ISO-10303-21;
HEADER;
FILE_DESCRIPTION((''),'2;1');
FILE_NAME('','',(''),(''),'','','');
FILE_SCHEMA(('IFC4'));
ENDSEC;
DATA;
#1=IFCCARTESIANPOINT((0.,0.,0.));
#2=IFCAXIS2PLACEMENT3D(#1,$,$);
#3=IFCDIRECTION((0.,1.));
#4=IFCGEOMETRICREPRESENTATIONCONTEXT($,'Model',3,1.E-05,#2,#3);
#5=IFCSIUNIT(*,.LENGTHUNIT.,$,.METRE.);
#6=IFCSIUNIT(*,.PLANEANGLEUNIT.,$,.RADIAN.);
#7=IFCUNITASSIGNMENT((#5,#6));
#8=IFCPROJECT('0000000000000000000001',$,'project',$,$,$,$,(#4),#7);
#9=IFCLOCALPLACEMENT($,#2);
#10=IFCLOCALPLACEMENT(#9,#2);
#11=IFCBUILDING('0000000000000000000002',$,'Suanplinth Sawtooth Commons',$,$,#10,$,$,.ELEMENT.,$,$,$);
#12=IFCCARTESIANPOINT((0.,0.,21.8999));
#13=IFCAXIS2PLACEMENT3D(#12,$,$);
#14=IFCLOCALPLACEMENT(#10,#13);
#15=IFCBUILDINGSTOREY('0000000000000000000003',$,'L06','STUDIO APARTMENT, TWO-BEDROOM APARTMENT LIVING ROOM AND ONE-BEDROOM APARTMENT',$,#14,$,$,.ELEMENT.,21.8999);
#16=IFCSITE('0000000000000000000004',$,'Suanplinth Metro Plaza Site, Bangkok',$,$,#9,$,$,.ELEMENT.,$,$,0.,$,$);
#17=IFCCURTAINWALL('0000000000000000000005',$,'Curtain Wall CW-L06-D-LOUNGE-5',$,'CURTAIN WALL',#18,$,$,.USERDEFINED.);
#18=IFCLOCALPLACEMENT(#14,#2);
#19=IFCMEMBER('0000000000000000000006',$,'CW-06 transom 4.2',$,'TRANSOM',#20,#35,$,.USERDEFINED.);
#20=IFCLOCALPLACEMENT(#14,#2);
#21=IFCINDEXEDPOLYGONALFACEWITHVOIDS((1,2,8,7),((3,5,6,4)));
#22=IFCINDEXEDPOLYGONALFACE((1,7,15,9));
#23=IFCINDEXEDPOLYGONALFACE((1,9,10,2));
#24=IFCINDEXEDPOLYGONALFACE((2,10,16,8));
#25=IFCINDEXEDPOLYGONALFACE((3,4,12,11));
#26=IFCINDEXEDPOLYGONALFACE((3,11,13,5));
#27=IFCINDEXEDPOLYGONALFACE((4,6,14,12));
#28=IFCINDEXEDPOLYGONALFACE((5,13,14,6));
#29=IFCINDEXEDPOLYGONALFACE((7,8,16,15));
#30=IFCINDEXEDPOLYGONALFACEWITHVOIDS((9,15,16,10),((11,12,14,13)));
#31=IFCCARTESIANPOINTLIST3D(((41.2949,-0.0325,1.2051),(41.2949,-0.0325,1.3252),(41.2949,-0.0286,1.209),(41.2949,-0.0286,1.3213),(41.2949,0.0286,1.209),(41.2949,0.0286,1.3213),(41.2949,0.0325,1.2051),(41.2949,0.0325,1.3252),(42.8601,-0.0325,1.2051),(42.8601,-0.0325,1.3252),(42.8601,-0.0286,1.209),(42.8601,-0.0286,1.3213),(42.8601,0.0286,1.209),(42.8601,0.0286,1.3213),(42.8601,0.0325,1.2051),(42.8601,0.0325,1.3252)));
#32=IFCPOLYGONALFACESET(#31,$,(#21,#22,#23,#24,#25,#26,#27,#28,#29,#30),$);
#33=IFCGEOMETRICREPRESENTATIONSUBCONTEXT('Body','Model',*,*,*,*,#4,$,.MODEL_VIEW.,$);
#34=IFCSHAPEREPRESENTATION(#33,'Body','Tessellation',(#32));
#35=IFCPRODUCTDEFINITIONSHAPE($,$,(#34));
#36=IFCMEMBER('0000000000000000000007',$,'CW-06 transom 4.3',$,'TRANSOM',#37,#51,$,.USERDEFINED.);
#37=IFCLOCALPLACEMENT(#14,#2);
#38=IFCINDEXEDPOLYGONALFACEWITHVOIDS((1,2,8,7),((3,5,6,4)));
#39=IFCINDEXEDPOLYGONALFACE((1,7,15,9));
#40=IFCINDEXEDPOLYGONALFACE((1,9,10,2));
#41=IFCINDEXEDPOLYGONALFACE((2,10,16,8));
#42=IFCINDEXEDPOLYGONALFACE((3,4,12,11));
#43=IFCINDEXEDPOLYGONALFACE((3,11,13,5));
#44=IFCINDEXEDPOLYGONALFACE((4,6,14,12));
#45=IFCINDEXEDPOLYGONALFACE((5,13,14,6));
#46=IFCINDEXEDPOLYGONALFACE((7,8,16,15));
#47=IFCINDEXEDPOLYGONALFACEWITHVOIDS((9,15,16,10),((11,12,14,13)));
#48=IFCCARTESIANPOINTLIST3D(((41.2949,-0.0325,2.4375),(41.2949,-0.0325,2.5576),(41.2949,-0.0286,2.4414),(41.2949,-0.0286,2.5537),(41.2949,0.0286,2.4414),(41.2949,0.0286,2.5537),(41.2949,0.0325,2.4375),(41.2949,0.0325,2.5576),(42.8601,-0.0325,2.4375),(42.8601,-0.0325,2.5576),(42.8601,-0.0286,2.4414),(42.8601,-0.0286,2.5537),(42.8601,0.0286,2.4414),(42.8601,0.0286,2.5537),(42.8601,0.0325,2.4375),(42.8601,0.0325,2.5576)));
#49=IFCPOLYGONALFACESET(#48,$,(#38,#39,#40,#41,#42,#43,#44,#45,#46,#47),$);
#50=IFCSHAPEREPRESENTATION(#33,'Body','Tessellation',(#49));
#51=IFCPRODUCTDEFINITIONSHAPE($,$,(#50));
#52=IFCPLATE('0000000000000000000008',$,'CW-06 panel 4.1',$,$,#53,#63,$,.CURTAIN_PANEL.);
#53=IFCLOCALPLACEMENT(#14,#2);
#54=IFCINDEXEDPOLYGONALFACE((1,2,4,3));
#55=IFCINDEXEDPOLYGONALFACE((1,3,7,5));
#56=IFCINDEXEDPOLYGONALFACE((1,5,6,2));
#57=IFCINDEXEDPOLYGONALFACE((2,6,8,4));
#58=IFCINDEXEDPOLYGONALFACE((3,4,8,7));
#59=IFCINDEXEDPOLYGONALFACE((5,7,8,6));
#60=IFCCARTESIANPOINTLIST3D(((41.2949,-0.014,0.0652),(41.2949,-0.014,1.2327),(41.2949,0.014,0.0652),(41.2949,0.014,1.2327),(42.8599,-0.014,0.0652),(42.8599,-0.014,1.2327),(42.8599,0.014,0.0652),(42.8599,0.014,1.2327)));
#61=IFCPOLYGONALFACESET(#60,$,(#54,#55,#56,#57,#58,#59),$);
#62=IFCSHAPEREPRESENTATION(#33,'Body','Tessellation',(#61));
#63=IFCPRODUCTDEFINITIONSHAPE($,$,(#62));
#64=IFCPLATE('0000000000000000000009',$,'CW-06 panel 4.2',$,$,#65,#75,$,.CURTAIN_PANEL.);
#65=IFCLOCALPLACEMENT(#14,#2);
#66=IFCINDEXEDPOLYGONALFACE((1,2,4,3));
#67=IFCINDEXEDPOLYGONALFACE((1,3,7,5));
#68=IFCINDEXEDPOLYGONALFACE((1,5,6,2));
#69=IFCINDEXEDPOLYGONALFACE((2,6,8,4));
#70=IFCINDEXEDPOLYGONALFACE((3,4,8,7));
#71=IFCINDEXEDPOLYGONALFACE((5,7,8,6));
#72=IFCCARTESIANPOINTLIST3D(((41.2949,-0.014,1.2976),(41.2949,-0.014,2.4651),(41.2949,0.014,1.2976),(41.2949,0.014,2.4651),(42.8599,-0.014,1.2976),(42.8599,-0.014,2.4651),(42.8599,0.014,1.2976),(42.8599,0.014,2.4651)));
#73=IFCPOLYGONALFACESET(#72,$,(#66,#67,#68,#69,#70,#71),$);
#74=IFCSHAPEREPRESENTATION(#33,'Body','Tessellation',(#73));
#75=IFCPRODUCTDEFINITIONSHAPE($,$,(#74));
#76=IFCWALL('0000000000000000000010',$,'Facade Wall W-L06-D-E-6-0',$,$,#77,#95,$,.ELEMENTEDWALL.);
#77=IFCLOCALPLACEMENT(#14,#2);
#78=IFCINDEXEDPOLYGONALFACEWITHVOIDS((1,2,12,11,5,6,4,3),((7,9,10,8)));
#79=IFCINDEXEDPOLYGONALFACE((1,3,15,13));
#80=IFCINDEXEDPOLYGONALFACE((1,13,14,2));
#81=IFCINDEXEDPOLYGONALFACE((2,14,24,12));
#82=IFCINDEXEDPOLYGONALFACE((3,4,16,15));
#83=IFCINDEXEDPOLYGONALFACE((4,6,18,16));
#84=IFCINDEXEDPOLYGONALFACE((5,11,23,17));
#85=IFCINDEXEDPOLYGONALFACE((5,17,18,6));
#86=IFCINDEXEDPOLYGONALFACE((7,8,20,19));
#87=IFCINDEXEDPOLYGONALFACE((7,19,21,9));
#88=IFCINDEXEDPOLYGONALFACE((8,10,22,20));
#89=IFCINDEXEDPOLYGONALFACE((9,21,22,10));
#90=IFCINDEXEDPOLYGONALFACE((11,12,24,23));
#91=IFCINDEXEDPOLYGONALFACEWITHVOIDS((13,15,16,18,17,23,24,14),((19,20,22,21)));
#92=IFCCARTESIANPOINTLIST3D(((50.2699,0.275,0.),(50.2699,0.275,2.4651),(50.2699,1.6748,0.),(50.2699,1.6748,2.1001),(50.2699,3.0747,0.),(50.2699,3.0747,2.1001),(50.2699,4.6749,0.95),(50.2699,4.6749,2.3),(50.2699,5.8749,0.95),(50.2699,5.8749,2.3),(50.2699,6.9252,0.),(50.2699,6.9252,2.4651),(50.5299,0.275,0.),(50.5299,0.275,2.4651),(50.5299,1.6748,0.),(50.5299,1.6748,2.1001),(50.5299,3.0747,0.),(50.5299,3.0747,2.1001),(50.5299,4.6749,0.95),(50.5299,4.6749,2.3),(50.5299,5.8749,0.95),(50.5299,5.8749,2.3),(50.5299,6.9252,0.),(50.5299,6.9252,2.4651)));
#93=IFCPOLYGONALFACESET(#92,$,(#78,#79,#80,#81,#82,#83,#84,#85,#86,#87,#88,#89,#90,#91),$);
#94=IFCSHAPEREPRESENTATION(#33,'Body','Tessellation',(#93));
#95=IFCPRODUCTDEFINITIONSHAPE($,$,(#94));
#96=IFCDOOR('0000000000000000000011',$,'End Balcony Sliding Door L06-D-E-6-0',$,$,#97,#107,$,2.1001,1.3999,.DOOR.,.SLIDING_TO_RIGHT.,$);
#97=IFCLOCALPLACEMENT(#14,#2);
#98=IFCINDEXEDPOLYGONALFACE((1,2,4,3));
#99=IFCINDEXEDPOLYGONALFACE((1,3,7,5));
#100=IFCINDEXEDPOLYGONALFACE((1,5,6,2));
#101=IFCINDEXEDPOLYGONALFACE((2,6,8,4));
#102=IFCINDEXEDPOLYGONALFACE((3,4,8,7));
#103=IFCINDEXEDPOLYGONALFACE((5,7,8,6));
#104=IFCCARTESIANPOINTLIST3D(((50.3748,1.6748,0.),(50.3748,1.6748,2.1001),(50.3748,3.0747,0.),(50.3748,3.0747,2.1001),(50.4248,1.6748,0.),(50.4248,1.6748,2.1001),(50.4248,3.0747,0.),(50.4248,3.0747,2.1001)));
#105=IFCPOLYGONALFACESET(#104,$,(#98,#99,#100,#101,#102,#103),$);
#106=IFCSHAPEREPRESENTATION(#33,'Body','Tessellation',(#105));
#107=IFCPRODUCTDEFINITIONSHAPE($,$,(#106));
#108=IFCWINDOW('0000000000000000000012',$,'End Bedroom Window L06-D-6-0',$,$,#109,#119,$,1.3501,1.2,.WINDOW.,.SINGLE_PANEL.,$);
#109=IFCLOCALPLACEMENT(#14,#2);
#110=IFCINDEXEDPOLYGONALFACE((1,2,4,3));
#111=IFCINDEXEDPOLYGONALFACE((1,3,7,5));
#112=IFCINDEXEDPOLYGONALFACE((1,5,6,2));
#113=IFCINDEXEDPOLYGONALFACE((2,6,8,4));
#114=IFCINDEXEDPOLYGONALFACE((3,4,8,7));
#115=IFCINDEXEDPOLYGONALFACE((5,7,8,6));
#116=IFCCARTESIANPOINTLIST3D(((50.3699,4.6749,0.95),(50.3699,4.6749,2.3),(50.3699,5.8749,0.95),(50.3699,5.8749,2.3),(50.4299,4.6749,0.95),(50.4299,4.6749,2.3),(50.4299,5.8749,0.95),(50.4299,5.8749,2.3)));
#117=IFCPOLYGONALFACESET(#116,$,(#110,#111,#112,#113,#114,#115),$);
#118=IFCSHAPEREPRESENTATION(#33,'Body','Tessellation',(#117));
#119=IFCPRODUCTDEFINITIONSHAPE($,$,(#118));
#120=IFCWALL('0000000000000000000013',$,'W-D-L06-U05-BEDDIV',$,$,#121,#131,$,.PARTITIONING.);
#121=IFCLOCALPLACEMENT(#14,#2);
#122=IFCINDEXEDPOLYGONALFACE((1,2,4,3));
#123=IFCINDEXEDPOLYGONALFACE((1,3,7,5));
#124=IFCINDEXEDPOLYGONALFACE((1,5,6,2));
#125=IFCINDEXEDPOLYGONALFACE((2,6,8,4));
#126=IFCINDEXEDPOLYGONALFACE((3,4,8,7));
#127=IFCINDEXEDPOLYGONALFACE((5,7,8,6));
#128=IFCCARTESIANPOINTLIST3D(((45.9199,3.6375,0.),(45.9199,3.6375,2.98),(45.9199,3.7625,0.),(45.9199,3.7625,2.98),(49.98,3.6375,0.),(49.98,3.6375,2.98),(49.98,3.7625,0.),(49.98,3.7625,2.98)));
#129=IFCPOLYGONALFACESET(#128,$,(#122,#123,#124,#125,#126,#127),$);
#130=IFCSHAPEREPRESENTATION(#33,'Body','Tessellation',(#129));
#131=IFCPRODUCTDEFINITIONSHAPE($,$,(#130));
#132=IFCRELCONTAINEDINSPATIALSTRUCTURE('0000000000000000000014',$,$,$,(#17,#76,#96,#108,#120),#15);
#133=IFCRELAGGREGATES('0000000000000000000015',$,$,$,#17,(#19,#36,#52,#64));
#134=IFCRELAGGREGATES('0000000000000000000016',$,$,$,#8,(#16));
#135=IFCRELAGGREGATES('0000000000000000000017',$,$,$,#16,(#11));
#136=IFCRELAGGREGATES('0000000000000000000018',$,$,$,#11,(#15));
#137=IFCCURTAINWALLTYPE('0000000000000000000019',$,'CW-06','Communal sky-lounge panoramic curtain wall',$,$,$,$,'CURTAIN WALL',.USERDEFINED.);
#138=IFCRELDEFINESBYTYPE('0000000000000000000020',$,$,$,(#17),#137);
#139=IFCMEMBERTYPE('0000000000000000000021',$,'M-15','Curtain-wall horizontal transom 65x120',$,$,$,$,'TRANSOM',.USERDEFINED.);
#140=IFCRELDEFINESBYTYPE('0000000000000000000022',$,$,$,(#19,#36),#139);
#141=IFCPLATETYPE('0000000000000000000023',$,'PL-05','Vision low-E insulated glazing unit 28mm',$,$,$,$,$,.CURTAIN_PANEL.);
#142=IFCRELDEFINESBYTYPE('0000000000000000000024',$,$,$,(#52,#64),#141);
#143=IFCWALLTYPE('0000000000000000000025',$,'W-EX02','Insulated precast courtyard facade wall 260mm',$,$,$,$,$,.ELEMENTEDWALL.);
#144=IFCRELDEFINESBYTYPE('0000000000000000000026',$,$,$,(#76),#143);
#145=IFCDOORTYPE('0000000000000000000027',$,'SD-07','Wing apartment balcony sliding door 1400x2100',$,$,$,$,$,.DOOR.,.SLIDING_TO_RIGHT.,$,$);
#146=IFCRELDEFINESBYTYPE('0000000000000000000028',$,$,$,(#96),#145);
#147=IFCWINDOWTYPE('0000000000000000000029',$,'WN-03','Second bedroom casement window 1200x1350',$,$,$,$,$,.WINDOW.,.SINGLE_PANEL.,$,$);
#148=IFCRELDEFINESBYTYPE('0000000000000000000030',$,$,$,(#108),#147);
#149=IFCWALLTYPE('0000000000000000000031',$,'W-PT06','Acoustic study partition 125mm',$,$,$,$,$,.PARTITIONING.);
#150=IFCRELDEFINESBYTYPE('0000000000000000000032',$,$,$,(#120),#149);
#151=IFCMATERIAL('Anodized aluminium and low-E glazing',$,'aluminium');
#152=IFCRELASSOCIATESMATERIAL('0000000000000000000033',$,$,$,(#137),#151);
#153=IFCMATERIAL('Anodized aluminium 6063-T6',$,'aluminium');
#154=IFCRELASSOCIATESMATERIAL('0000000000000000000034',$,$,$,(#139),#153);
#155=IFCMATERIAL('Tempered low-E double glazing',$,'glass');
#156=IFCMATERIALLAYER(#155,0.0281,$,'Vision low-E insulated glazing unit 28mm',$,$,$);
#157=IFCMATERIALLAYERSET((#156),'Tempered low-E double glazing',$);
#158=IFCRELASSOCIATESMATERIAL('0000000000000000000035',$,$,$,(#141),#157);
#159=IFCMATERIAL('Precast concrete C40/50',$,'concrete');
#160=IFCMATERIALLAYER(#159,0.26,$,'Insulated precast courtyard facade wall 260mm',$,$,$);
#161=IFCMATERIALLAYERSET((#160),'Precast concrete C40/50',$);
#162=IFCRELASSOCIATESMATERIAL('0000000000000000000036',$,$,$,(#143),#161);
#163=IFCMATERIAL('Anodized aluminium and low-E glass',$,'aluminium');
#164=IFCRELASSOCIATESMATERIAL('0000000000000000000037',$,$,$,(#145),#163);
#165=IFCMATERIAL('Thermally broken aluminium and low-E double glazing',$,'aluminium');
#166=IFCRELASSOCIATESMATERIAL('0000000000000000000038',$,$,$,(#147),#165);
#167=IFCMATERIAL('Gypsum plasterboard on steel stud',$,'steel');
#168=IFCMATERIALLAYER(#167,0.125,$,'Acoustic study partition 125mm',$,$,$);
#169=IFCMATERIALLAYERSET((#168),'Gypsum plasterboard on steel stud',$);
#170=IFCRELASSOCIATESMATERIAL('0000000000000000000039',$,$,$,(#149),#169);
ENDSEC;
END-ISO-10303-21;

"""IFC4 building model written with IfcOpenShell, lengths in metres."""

from ifc_helpers import new_model, si_unit, direction, frame, frame_2d, origin, origin_2d, place, context, subcontext, project, spatial, rectangle, hollow_rectangle, extrude, material, layer, layer_set, material_profile, profile_set, type_object, element, fill, aggregate, save


model = new_model("IFC4")

# Units and contexts
model_context = context("Model", 3, precision=1e-05, world=origin(), true_north=direction((0.0, 1.0)))
body_context = subcontext(model_context, "Body", "Model", "MODEL_VIEW")
ifc_project = project(units=[si_unit("LENGTHUNIT", "METRE"), si_unit("PLANEANGLEUNIT", "RADIAN")], contexts=[model_context])

# Site, building, storey
site_placement = place(None, origin())
site = spatial("IfcSite", under=ifc_project, at=site_placement, Name="Suanplinth Metro Plaza Site, Bangkok", CompositionType="ELEMENT", RefElevation=0.0)
building_placement = place(site_placement, origin())
building = spatial("IfcBuilding", under=site, at=building_placement, Name="Suanplinth Sawtooth Commons", CompositionType="ELEMENT")
storey_placement = place(building_placement, frame((0.0, 0.0, 21.8999)))
storey = spatial("IfcBuildingStorey", under=building, at=storey_placement, Name="L06", Description="STUDIO APARTMENT, TWO-BEDROOM APARTMENT LIVING ROOM AND ONE-BEDROOM APARTMENT", CompositionType="ELEMENT", Elevation=21.8999)

# Shared definitions
ifc_material_1 = material(Name="Precast concrete C40/50", Category="concrete")

# Curtain wall, members, plates
ifc_material_2 = material(Name="Anodized aluminium and low-E glazing", Category="aluminium")
curtain_wall_type = type_object("IfcCurtainWallType", Name="CW-06", Description="Communal sky-lounge panoramic curtain wall", ElementType="CURTAIN WALL", PredefinedType="USERDEFINED", material=ifc_material_2)
curtain_wall_placement = place(storey_placement, origin())
curtain_wall = element("IfcCurtainWall", 1, at=curtain_wall_placement, inside=storey, type_object=curtain_wall_type, Name="Curtain Wall CW-L06-D-LOUNGE-5", ObjectType="CURTAIN WALL", PredefinedType="USERDEFINED")
ifc_material_3 = material(Name="Anodized aluminium 6063-T6", Category="aluminium")
ifc_material_profile_1 = material_profile(ifc_material_3, hollow_rectangle(XDim=0.0649, YDim=0.1201, WallThickness=0.0039, at=origin_2d()), Name="ALU-TRN 65x120")
ifc_profile_set_1 = profile_set([ifc_material_profile_1], Name="Anodized aluminium 6063-T6")
member_type_1 = type_object("IfcMemberType", Name="M-15", Description="Curtain-wall horizontal transom 65x120", ElementType="TRANSOM", PredefinedType="USERDEFINED", material=ifc_profile_set_1)
member_1_placement = place(storey_placement, frame((41.2949, 0.0, 1.2651), z_axis=(1.0, 0.0, 0.0), x_axis=(0.0, 1.0, 0.0)))
member_1 = element("IfcMember", 2, at=member_1_placement, type_object=member_type_1, Name="CW-06 transom 4.2", ObjectType="TRANSOM", PredefinedType="USERDEFINED", context=body_context, shape_type="SweptSolid", body=[
    extrude(hollow_rectangle(XDim=0.0649, YDim=0.1201, WallThickness=0.0039, at=origin_2d()), origin(), (0.0, 0.0, 1.0), 1.5652),
])
member_2_placement = place(storey_placement, frame((41.2949, 0.0, 2.4976), z_axis=(1.0, 0.0, 0.0), x_axis=(0.0, 1.0, 0.0)))
member_2 = element("IfcMember", 3, at=member_2_placement, type_object=member_type_1, Name="CW-06 transom 4.3", ObjectType="TRANSOM", PredefinedType="USERDEFINED", context=body_context, shape_type="SweptSolid", body=[
    extrude(hollow_rectangle(XDim=0.0649, YDim=0.1201, WallThickness=0.0039, at=origin_2d()), origin(), (0.0, 0.0, 1.0), 1.5652),
])
ifc_material_4 = material(Name="Tempered low-E double glazing", Category="glass")
ifc_layer_1 = layer(ifc_material_4, 0.0281, Name="Vision low-E insulated glazing unit 28mm")
ifc_layer_set_1 = layer_set([ifc_layer_1], Name="Tempered low-E double glazing")
plate_type = type_object("IfcPlateType", Name="PL-05", Description="Vision low-E insulated glazing unit 28mm", PredefinedType="CURTAIN_PANEL", material=ifc_layer_set_1)
plate_1_placement = place(storey_placement, frame((42.0774, 0.0, 0.0652), z_axis=(0.0, 0.0, 1.0), x_axis=(1.0, 0.0, 0.0)))
plate_1 = element("IfcPlate", 4, at=plate_1_placement, type_object=plate_type, Name="CW-06 panel 4.1", PredefinedType="CURTAIN_PANEL", context=body_context, shape_type="SweptSolid", body=[
    extrude(rectangle(XDim=1.5649, YDim=0.0281, at=origin_2d()), origin(), (0.0, 0.0, 1.0), 1.1675),
])
plate_2_placement = place(storey_placement, frame((42.0774, 0.0, 1.2976), z_axis=(0.0, 0.0, 1.0), x_axis=(1.0, 0.0, 0.0)))
plate_2 = element("IfcPlate", 5, at=plate_2_placement, type_object=plate_type, Name="CW-06 panel 4.2", PredefinedType="CURTAIN_PANEL", context=body_context, shape_type="SweptSolid", body=[
    extrude(rectangle(XDim=1.5649, YDim=0.0281, at=origin_2d()), origin(), (0.0, 0.0, 1.0), 1.1675),
])
aggregate(curtain_wall, [member_1, member_2, plate_1, plate_2])

# Wall, openings, door, window
ifc_layer_2 = layer(ifc_material_1, 0.26, Name="Insulated precast courtyard facade wall 260mm")
ifc_layer_set_2 = layer_set([ifc_layer_2], Name="Precast concrete C40/50")
wall_type_1 = type_object("IfcWallType", Name="W-EX02", Description="Insulated precast courtyard facade wall 260mm", PredefinedType="ELEMENTEDWALL", material=ifc_layer_set_2)
ifc_material_5 = material(Name="Anodized aluminium and low-E glass", Category="aluminium")
ifc_material_6 = material(Name="Thermally broken aluminium and low-E double glazing", Category="aluminium")
wall_1_placement = place(storey_placement, frame((50.3999, 0.2749, 0.0), z_axis=(0.0, 0.0, 1.0), x_axis=(0.0, 1.0, 0.0)))
wall_1 = element("IfcWall", 6, at=wall_1_placement, inside=storey, type_object=wall_type_1, Name="Facade Wall W-L06-D-E-6-0", PredefinedType="ELEMENTEDWALL", context=body_context, shape_type="SweptSolid", body=[
    extrude(rectangle(XDim=6.6501, YDim=0.26, at=frame_2d((3.3252, 0.0))), origin(), (0.0, 0.0, 1.0), 2.4651),
])
opening_1_placement = place(wall_1_placement, frame((1.3999, 0.0, 0.0)))
opening_1 = element("IfcOpeningElement", 7, at=opening_1_placement, cuts=wall_1, PredefinedType="OPENING", context=body_context, shape_type="SweptSolid", body=[
    extrude(rectangle(XDim=1.3999, YDim=2.1001, at=frame_2d((0.7, 1.05))), frame((0.0, 0.145, 0.0), z_axis=(0.0, -1.0, 0.0), x_axis=(1.0, 0.0, 0.0)), (0.0, 0.0, 1.0), 0.2898),
])
opening_2_placement = place(wall_1_placement, frame((4.3999, 0.0, 0.95)))
opening_2 = element("IfcOpeningElement", 8, at=opening_2_placement, cuts=wall_1, PredefinedType="OPENING", context=body_context, shape_type="SweptSolid", body=[
    extrude(rectangle(XDim=1.2, YDim=1.3501, at=frame_2d((0.6001, 0.675))), frame((0.0, 0.145, 0.0), z_axis=(0.0, -1.0, 0.0), x_axis=(1.0, 0.0, 0.0)), (0.0, 0.0, 1.0), 0.2898),
])
door_type_1 = type_object("IfcDoorType", Name="SD-07", Description="Wing apartment balcony sliding door 1400x2100", OperationType="SLIDING_TO_RIGHT", PredefinedType="DOOR", material=ifc_material_5)
door_1_placement = place(opening_1_placement, frame((1.3999, 0.0, 0.0), z_axis=(0.0, 0.0, 1.0), x_axis=(-1.0, 0.0, 0.0)))
door_1 = element("IfcDoor", 9, at=door_1_placement, inside=storey, type_object=door_type_1, Name="End Balcony Sliding Door L06-D-E-6-0", OperationType="SLIDING_TO_RIGHT", OverallHeight=2.1001, OverallWidth=1.3999, PredefinedType="DOOR", context=body_context, shape_type="SweptSolid", body=[
    extrude(rectangle(XDim=1.3999, YDim=2.1001, at=frame_2d((0.7, 1.05))), frame((0.0, 0.0249, 0.0), z_axis=(0.0, -1.0, 0.0), x_axis=(1.0, 0.0, 0.0)), (0.0, 0.0, 1.0), 0.05),
])
fill(opening_1, door_1)
window_type_1 = type_object("IfcWindowType", Name="WN-03", Description="Second bedroom casement window 1200x1350", PartitioningType="SINGLE_PANEL", PredefinedType="WINDOW", material=ifc_material_6)
window_1_placement = place(opening_2_placement, origin())
window_1 = element("IfcWindow", 10, at=window_1_placement, inside=storey, type_object=window_type_1, Name="End Bedroom Window L06-D-6-0", OverallHeight=1.3501, OverallWidth=1.2, PartitioningType="SINGLE_PANEL", PredefinedType="WINDOW", context=body_context, shape_type="SweptSolid", body=[
    extrude(rectangle(XDim=1.2, YDim=1.3501, at=frame_2d((0.6001, 0.675))), frame((0.0, 0.03, 0.0), z_axis=(0.0, -1.0, 0.0), x_axis=(1.0, 0.0, 0.0)), (0.0, 0.0, 1.0), 0.0601),
])
fill(opening_2, window_1)

# Shared definitions
ifc_material_7 = material(Name="Gypsum plasterboard on steel stud", Category="steel")

# Wall
ifc_layer_3 = layer(ifc_material_7, 0.125, Name="Acoustic study partition 125mm")
ifc_layer_set_3 = layer_set([ifc_layer_3], Name="Gypsum plasterboard on steel stud")
wall_type_2 = type_object("IfcWallType", Name="W-PT06", Description="Acoustic study partition 125mm", PredefinedType="PARTITIONING", material=ifc_layer_set_3)
wall_2_placement = place(storey_placement, frame((45.9199, 3.7, 0.0), z_axis=(0.0, 0.0, 1.0), x_axis=(1.0, 0.0, 0.0)))
element("IfcWall", 11, at=wall_2_placement, inside=storey, type_object=wall_type_2, Name="W-D-L06-U05-BEDDIV", PredefinedType="PARTITIONING", context=body_context, shape_type="SweptSolid", body=[
    extrude(rectangle(XDim=4.0601, YDim=0.125, at=frame_2d((2.03, 0.0))), origin(), (0.0, 0.0, 1.0), 2.98),
])

save(model, "model.ifc")
